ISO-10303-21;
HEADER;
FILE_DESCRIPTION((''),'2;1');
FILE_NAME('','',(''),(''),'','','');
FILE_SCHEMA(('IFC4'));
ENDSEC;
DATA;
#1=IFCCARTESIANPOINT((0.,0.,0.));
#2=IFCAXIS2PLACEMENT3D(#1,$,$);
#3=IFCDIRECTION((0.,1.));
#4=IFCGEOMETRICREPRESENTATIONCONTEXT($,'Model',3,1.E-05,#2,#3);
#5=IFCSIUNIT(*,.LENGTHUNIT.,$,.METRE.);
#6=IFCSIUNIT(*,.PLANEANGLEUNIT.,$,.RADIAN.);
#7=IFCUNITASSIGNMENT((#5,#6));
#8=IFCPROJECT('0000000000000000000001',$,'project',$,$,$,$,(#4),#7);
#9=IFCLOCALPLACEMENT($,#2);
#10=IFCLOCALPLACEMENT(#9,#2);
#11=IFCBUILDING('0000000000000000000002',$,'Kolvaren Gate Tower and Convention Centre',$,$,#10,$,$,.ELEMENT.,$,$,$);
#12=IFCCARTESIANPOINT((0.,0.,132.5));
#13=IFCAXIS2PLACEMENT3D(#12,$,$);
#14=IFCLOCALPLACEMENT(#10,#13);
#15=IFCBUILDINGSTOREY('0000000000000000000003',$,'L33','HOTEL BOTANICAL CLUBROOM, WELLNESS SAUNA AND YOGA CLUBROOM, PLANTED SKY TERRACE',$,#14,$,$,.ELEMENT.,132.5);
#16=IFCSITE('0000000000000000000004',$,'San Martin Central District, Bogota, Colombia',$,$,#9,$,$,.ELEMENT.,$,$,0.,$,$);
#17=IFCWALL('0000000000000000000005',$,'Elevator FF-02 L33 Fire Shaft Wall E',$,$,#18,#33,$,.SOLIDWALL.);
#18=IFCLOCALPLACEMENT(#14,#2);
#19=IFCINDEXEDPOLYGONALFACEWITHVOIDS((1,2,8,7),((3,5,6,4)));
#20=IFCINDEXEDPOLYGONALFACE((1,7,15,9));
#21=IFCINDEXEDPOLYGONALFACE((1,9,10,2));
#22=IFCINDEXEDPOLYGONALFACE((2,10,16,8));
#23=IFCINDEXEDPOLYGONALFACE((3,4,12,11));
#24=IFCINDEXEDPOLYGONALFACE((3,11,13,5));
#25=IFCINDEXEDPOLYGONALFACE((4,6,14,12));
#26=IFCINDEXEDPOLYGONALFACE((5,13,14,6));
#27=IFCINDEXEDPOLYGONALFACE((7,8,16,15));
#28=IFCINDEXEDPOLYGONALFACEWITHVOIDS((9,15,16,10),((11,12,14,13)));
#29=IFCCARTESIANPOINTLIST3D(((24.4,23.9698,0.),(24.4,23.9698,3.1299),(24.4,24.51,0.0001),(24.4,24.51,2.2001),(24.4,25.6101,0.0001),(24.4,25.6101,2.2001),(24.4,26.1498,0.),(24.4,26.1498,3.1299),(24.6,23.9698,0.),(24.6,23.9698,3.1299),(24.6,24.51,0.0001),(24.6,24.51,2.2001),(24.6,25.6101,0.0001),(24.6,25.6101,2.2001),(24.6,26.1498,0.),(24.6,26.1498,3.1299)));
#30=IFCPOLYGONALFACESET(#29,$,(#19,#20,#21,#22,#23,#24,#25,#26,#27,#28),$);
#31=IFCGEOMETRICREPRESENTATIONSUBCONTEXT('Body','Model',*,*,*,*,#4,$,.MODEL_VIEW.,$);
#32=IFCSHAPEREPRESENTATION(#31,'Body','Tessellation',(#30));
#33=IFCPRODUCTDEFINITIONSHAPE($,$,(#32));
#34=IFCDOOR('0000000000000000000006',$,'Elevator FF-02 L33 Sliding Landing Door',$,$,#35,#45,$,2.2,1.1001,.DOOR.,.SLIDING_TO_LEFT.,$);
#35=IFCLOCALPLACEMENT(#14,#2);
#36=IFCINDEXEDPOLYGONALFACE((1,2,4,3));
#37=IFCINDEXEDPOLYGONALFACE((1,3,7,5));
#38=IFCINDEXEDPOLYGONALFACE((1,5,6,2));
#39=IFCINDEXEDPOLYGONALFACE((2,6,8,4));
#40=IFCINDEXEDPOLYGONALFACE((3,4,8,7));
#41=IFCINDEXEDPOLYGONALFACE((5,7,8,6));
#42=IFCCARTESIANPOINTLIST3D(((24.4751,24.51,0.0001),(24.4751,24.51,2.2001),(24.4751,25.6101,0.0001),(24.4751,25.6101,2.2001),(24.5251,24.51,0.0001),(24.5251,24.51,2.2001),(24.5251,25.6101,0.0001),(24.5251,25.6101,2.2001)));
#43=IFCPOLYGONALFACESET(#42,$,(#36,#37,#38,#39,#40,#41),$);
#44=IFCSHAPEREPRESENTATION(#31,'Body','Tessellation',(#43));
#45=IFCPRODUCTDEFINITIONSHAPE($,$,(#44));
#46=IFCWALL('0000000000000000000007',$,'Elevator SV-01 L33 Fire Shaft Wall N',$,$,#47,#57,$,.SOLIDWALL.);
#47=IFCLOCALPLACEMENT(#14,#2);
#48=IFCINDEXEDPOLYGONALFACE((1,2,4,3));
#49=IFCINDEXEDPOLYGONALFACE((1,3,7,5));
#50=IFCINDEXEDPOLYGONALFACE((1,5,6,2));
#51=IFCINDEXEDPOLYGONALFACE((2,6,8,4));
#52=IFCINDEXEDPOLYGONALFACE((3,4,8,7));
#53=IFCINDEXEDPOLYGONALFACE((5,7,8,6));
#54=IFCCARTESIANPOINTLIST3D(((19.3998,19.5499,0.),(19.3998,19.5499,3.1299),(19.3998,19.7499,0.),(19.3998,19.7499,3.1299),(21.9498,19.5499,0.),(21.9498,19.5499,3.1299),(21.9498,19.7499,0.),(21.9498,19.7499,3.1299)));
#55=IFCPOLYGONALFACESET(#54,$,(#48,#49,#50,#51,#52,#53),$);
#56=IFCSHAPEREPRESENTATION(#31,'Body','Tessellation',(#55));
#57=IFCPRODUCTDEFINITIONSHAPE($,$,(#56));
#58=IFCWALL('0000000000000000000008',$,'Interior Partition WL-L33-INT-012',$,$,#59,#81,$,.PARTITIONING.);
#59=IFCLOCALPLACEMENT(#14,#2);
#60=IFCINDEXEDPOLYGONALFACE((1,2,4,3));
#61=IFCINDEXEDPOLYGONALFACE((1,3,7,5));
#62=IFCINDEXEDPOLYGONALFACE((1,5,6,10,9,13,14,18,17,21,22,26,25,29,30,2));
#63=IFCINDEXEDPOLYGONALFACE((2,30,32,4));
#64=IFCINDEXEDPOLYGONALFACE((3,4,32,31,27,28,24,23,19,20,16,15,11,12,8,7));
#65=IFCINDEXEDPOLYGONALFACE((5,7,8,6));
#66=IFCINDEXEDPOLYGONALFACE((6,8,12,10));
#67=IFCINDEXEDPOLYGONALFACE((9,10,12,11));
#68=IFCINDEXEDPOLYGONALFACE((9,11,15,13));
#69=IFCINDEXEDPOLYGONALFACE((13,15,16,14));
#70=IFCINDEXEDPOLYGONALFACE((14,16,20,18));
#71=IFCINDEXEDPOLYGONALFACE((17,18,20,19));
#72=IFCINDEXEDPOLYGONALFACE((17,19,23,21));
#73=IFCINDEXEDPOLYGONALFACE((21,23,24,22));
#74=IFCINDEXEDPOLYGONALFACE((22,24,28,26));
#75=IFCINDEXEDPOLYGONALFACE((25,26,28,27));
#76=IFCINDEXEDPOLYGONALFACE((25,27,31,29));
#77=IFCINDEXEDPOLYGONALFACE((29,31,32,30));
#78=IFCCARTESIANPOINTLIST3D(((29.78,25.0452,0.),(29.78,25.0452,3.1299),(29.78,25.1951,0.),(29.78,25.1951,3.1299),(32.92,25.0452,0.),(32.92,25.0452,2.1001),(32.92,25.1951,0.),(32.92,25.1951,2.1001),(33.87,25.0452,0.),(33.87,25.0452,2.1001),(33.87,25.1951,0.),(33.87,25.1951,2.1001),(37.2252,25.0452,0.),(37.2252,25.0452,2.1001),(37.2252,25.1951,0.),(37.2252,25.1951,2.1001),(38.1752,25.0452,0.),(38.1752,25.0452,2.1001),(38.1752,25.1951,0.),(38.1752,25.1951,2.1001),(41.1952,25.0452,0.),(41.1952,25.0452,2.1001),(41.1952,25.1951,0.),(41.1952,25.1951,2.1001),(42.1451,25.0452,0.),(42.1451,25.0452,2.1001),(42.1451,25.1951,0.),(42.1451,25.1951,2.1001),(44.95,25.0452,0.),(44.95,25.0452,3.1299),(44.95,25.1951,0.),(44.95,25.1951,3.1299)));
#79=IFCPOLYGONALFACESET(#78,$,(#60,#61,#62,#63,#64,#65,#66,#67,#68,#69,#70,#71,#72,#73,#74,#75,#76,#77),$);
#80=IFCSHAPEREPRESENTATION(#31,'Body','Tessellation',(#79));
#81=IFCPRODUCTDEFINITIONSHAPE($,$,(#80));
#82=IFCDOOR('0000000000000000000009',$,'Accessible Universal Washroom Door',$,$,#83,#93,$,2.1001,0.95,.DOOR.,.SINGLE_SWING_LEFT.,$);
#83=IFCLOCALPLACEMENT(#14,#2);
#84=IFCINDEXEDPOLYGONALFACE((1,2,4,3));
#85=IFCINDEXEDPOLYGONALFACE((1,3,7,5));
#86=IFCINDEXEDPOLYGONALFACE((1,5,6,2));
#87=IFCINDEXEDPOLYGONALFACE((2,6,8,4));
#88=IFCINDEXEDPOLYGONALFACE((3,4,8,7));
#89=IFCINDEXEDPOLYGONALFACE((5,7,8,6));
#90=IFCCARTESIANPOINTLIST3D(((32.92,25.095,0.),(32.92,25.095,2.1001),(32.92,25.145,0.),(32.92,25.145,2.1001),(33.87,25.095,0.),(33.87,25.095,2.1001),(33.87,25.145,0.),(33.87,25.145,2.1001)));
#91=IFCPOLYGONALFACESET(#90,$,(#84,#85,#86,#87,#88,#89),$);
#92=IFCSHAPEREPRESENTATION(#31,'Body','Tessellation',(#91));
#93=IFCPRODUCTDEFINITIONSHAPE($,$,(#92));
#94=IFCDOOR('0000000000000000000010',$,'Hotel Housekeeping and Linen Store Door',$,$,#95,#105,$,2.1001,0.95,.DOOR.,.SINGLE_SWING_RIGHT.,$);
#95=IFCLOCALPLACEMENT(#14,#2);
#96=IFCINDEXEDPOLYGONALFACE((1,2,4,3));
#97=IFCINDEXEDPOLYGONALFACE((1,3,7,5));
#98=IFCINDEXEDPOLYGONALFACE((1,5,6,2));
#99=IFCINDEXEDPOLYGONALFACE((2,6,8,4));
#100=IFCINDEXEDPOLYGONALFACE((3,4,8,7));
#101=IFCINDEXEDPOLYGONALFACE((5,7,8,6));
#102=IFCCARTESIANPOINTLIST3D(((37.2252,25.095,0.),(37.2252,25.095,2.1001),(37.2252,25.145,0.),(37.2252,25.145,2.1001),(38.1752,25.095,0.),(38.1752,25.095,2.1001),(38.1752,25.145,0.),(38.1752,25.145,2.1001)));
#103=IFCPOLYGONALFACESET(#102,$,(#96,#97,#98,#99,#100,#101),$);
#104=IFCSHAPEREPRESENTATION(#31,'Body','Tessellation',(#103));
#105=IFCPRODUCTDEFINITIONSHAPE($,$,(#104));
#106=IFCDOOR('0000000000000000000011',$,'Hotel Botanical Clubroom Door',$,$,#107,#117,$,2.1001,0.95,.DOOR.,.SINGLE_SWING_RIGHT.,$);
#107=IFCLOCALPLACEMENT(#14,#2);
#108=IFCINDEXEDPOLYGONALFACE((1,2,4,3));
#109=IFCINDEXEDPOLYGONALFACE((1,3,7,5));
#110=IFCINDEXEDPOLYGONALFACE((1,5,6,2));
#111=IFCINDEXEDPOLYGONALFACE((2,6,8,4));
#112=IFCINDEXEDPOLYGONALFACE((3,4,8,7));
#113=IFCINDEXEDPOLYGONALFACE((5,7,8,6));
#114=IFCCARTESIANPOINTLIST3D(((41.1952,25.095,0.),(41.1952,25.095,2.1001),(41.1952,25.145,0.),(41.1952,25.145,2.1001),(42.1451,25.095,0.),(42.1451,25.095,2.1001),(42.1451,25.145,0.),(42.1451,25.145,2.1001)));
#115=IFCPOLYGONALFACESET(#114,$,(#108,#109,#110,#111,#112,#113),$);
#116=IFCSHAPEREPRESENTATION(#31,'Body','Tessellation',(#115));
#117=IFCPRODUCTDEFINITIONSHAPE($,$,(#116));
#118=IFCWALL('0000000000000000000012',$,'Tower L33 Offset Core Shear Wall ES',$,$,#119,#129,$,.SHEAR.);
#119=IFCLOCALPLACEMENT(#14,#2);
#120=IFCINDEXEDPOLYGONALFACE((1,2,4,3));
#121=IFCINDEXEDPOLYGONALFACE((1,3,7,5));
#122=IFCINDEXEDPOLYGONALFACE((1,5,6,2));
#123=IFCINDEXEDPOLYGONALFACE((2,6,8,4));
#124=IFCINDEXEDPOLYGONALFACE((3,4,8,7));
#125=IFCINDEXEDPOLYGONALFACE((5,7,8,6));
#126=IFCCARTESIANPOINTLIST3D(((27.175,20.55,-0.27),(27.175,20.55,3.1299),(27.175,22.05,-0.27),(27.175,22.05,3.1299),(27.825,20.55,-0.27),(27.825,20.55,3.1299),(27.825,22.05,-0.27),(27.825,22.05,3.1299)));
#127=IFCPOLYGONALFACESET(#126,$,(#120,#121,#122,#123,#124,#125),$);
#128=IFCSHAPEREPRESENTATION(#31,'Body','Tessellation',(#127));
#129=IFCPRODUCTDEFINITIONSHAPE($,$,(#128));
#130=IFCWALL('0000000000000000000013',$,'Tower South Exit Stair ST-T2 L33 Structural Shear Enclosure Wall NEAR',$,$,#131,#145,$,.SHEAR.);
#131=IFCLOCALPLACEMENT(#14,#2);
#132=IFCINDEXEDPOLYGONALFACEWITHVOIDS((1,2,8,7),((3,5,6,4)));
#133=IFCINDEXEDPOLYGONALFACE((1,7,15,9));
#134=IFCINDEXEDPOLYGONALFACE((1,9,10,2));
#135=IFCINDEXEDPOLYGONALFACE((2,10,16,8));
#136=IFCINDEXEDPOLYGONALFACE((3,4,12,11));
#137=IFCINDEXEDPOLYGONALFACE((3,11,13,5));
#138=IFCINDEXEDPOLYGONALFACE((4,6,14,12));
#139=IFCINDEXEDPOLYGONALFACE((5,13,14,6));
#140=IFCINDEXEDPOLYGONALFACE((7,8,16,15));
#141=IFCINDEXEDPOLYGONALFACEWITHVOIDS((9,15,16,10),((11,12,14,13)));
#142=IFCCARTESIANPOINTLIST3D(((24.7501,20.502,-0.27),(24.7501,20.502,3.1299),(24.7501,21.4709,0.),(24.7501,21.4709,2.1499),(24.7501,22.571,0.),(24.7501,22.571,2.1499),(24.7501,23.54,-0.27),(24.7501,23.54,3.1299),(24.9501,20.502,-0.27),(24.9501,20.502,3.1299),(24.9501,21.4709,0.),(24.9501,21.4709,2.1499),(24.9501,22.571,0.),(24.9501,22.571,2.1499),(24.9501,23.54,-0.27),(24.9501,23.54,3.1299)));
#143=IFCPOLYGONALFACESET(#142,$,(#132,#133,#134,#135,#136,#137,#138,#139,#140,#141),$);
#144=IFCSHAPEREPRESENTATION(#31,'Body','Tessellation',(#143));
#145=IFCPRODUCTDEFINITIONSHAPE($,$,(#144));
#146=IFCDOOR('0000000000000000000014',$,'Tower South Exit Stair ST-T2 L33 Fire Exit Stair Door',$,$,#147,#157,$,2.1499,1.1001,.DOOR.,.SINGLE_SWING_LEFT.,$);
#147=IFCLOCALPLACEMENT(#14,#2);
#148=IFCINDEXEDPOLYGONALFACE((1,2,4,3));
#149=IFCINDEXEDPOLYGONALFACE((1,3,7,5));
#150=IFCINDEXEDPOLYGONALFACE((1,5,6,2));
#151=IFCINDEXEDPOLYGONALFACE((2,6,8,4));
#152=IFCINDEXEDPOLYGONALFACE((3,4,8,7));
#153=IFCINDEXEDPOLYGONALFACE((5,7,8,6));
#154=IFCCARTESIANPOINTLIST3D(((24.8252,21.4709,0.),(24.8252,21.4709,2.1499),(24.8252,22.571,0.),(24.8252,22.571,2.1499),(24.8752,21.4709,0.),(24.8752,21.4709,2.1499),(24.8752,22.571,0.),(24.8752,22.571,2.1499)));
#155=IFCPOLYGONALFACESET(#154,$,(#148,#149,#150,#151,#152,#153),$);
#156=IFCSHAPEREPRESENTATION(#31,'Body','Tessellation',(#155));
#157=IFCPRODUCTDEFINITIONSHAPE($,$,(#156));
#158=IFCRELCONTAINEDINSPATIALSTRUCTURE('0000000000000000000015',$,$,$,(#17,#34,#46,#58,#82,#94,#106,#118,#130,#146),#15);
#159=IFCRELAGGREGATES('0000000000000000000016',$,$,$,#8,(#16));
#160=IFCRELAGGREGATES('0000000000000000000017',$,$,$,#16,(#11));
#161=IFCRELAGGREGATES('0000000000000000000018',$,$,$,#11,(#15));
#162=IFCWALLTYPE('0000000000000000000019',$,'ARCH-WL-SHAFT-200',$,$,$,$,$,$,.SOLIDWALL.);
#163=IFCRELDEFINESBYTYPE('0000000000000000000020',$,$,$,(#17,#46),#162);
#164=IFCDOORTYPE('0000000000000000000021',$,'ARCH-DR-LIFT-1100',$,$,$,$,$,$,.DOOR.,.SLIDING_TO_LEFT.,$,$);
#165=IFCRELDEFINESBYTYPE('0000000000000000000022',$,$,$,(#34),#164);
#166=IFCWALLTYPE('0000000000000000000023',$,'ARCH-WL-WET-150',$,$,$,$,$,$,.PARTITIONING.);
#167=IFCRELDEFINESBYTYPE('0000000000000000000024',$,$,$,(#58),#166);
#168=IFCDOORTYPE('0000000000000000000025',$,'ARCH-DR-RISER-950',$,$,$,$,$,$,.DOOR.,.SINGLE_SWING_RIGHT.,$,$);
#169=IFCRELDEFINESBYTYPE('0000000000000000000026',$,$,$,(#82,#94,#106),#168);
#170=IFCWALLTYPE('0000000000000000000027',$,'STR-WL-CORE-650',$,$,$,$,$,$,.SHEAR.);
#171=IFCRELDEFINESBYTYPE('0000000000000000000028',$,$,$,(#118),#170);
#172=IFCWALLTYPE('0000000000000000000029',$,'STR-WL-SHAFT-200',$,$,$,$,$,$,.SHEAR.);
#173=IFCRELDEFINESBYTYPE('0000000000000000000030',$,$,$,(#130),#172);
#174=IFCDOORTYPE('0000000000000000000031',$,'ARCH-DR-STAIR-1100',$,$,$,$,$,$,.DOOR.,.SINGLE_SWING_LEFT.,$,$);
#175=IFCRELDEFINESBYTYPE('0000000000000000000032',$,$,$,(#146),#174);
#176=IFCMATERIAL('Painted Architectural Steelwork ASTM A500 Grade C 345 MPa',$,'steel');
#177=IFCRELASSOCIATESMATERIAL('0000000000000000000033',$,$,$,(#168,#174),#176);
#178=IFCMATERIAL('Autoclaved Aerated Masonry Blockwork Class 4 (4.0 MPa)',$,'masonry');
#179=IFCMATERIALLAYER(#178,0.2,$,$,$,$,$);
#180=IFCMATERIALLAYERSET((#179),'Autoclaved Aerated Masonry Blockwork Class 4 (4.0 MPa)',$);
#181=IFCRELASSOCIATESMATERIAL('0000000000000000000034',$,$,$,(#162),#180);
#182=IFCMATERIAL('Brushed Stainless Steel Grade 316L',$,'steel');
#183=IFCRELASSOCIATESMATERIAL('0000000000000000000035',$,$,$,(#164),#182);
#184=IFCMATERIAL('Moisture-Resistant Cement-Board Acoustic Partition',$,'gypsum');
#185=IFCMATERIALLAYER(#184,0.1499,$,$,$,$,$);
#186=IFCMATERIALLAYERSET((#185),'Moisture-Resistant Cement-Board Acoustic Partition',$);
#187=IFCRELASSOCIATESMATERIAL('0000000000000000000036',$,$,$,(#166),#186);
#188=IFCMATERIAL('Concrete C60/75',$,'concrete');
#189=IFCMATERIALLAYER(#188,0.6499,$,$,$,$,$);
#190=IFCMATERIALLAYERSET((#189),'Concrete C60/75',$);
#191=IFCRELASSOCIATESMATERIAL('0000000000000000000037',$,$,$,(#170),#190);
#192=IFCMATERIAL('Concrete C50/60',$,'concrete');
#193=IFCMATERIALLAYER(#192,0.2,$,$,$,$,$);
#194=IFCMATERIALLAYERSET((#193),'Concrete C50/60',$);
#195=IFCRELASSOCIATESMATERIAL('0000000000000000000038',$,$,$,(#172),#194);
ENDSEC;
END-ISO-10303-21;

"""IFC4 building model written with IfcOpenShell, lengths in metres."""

from ifc_helpers import new_model, si_unit, direction, frame, frame_2d, origin, place, context, subcontext, project, spatial, rectangle, extrude, material, layer, layer_set, type_object, element, fill, save


model = new_model("IFC4")

# Units and contexts
model_context = context("Model", 3, precision=1e-05, world=origin(), true_north=direction((0.0, 1.0)))
body_context = subcontext(model_context, "Body", "Model", "MODEL_VIEW")
ifc_project = project(units=[si_unit("LENGTHUNIT", "METRE"), si_unit("PLANEANGLEUNIT", "RADIAN")], contexts=[model_context])

# Site, building, storey
site_placement = place(None, origin())
site = spatial("IfcSite", under=ifc_project, at=site_placement, Name="San Martin Central District, Bogota, Colombia", CompositionType="ELEMENT", RefElevation=0.0)
building_placement = place(site_placement, origin())
building = spatial("IfcBuilding", under=site, at=building_placement, Name="Kolvaren Gate Tower and Convention Centre", CompositionType="ELEMENT")
storey_placement = place(building_placement, frame((0.0, 0.0, 132.5)))
storey = spatial("IfcBuildingStorey", under=building, at=storey_placement, Name="L33", Description="HOTEL BOTANICAL CLUBROOM, WELLNESS SAUNA AND YOGA CLUBROOM, PLANTED SKY TERRACE", CompositionType="ELEMENT", Elevation=132.5)

# Shared definitions
ifc_material_1 = material(Name="Autoclaved Aerated Masonry Blockwork Class 4 (4.0 MPa)", Category="masonry")

# Shared definitions
ifc_material_2 = material(Name="Painted Architectural Steelwork ASTM A500 Grade C 345 MPa", Category="steel")
door_type_1 = type_object("IfcDoorType", Name="ARCH-DR-RISER-950", OperationType="SINGLE_SWING_RIGHT", PredefinedType="DOOR", material=ifc_material_2)

# Shared definitions
ifc_layer_1 = layer(ifc_material_1, 0.2)
ifc_layer_set_1 = layer_set([ifc_layer_1], Name="Autoclaved Aerated Masonry Blockwork Class 4 (4.0 MPa)")
wall_type_1 = type_object("IfcWallType", Name="ARCH-WL-SHAFT-200", PredefinedType="SOLIDWALL", material=ifc_layer_set_1)

# Wall, opening, door
wall_1_placement = place(storey_placement, frame((24.5, 23.97, 0.0), z_axis=(0.0, 0.0, 1.0), x_axis=(0.0, 1.0, 0.0)))
wall_1 = element("IfcWall", 1, at=wall_1_placement, inside=storey, type_object=wall_type_1, Name="Elevator FF-02 L33 Fire Shaft Wall E", PredefinedType="SOLIDWALL", context=body_context, shape_type="SweptSolid", body=[
    extrude(rectangle(XDim=2.1799, YDim=0.2, at=frame_2d((1.0898, 0.0))), origin(), (0.0, 0.0, 1.0), 3.1299),
])
opening_1_placement = place(wall_1_placement, frame((0.54, 0.0, 0.0)))
opening_1 = element("IfcOpeningElement", 2, at=opening_1_placement, cuts=wall_1, PredefinedType="OPENING", context=body_context, shape_type="SweptSolid", body=[
    extrude(rectangle(XDim=1.1001, YDim=2.2, at=frame_2d((0.55, 1.1001))), frame((0.0, 0.1099, 0.0), z_axis=(0.0, -1.0, 0.0), x_axis=(1.0, 0.0, 0.0)), (0.0, 0.0, 1.0), 0.22),
])
ifc_material_3 = material(Name="Brushed Stainless Steel Grade 316L", Category="steel")
door_type_2 = type_object("IfcDoorType", Name="ARCH-DR-LIFT-1100", OperationType="SLIDING_TO_LEFT", PredefinedType="DOOR", material=ifc_material_3)
door_1_placement = place(opening_1_placement, origin())
door_1 = element("IfcDoor", 3, at=door_1_placement, inside=storey, type_object=door_type_2, Name="Elevator FF-02 L33 Sliding Landing Door", OperationType="SLIDING_TO_LEFT", OverallHeight=2.2, OverallWidth=1.1001, PredefinedType="DOOR", context=body_context, shape_type="SweptSolid", body=[
    extrude(rectangle(XDim=1.1001, YDim=2.2, at=frame_2d((0.55, 1.1001))), frame((0.0, 0.0249, 0.0), z_axis=(0.0, -1.0, 0.0), x_axis=(1.0, 0.0, 0.0)), (0.0, 0.0, 1.0), 0.05),
])
fill(opening_1, door_1)

# Wall
wall_2_placement = place(storey_placement, frame((19.3999, 19.6499, 0.0), z_axis=(0.0, 0.0, 1.0), x_axis=(1.0, 0.0, 0.0)))
element("IfcWall", 4, at=wall_2_placement, inside=storey, type_object=wall_type_1, Name="Elevator SV-01 L33 Fire Shaft Wall N", PredefinedType="SOLIDWALL", context=body_context, shape_type="SweptSolid", body=[
    extrude(rectangle(XDim=2.55, YDim=0.2, at=frame_2d((1.2749, 0.0))), origin(), (0.0, 0.0, 1.0), 3.1299),
])

# Wall, openings, doors
ifc_material_4 = material(Name="Moisture-Resistant Cement-Board Acoustic Partition", Category="gypsum")
ifc_layer_2 = layer(ifc_material_4, 0.1499)
ifc_layer_set_2 = layer_set([ifc_layer_2], Name="Moisture-Resistant Cement-Board Acoustic Partition")
wall_type_2 = type_object("IfcWallType", Name="ARCH-WL-WET-150", PredefinedType="PARTITIONING", material=ifc_layer_set_2)
wall_3_placement = place(storey_placement, frame((29.78, 25.1201, 0.0), z_axis=(0.0, 0.0, 1.0), x_axis=(1.0, 0.0, 0.0)))
wall_3 = element("IfcWall", 5, at=wall_3_placement, inside=storey, type_object=wall_type_2, Name="Interior Partition WL-L33-INT-012", PredefinedType="PARTITIONING", context=body_context, shape_type="SweptSolid", body=[
    extrude(rectangle(XDim=15.1699, YDim=0.1499, at=frame_2d((7.585, 0.0))), origin(), (0.0, 0.0, 1.0), 3.1299),
])
opening_2_placement = place(wall_3_placement, frame((3.1399, 0.0, 0.0)))
opening_2 = element("IfcOpeningElement", 6, at=opening_2_placement, cuts=wall_3, PredefinedType="OPENING", context=body_context, shape_type="SweptSolid", body=[
    extrude(rectangle(XDim=0.95, YDim=2.1001, at=frame_2d((0.4751, 1.05))), frame((0.0, 0.085, 0.0), z_axis=(0.0, -1.0, 0.0), x_axis=(1.0, 0.0, 0.0)), (0.0, 0.0, 1.0), 0.1699),
])
opening_3_placement = place(wall_3_placement, frame((7.4451, 0.0, 0.0)))
opening_3 = element("IfcOpeningElement", 7, at=opening_3_placement, cuts=wall_3, PredefinedType="OPENING", context=body_context, shape_type="SweptSolid", body=[
    extrude(rectangle(XDim=0.95, YDim=2.1001, at=frame_2d((0.4751, 1.05))), frame((0.0, 0.085, 0.0), z_axis=(0.0, -1.0, 0.0), x_axis=(1.0, 0.0, 0.0)), (0.0, 0.0, 1.0), 0.1699),
])
opening_4_placement = place(wall_3_placement, frame((11.415, 0.0, 0.0)))
opening_4 = element("IfcOpeningElement", 8, at=opening_4_placement, cuts=wall_3, PredefinedType="OPENING", context=body_context, shape_type="SweptSolid", body=[
    extrude(rectangle(XDim=0.95, YDim=2.1001, at=frame_2d((0.4751, 1.05))), frame((0.0, 0.085, 0.0), z_axis=(0.0, -1.0, 0.0), x_axis=(1.0, 0.0, 0.0)), (0.0, 0.0, 1.0), 0.1699),
])
door_2_placement = place(opening_2_placement, origin())
door_2 = element("IfcDoor", 9, at=door_2_placement, inside=storey, type_object=door_type_1, Name="Accessible Universal Washroom Door", OperationType="SINGLE_SWING_LEFT", OverallHeight=2.1001, OverallWidth=0.95, PredefinedType="DOOR", context=body_context, shape_type="SweptSolid", body=[
    extrude(rectangle(XDim=0.95, YDim=2.1001, at=frame_2d((0.4751, 1.05))), frame((0.0, 0.0249, 0.0), z_axis=(0.0, -1.0, 0.0), x_axis=(1.0, 0.0, 0.0)), (0.0, 0.0, 1.0), 0.05),
])
fill(opening_2, door_2)
door_3_placement = place(opening_3_placement, origin())
door_3 = element("IfcDoor", 10, at=door_3_placement, inside=storey, type_object=door_type_1, Name="Hotel Housekeeping and Linen Store Door", OperationType="SINGLE_SWING_RIGHT", OverallHeight=2.1001, OverallWidth=0.95, PredefinedType="DOOR", context=body_context, shape_type="SweptSolid", body=[
    extrude(rectangle(XDim=0.95, YDim=2.1001, at=frame_2d((0.4751, 1.05))), frame((0.0, 0.0249, 0.0), z_axis=(0.0, -1.0, 0.0), x_axis=(1.0, 0.0, 0.0)), (0.0, 0.0, 1.0), 0.05),
])
fill(opening_3, door_3)
door_4_placement = place(opening_4_placement, origin())
door_4 = element("IfcDoor", 11, at=door_4_placement, inside=storey, type_object=door_type_1, Name="Hotel Botanical Clubroom Door", OperationType="SINGLE_SWING_RIGHT", OverallHeight=2.1001, OverallWidth=0.95, PredefinedType="DOOR", context=body_context, shape_type="SweptSolid", body=[
    extrude(rectangle(XDim=0.95, YDim=2.1001, at=frame_2d((0.4751, 1.05))), frame((0.0, 0.0249, 0.0), z_axis=(0.0, -1.0, 0.0), x_axis=(1.0, 0.0, 0.0)), (0.0, 0.0, 1.0), 0.05),
])
fill(opening_4, door_4)

# Wall
ifc_material_5 = material(Name="Concrete C60/75", Category="concrete")
ifc_layer_3 = layer(ifc_material_5, 0.6499)
ifc_layer_set_3 = layer_set([ifc_layer_3], Name="Concrete C60/75")
wall_type_3 = type_object("IfcWallType", Name="STR-WL-CORE-650", PredefinedType="SHEAR", material=ifc_layer_set_3)
wall_4_placement = place(storey_placement, frame((27.5, 20.55, -0.27), z_axis=(0.0, 0.0, 1.0), x_axis=(0.0, 1.0, 0.0)))
element("IfcWall", 12, at=wall_4_placement, inside=storey, type_object=wall_type_3, Name="Tower L33 Offset Core Shear Wall ES", PredefinedType="SHEAR", context=body_context, shape_type="SweptSolid", body=[
    extrude(rectangle(XDim=1.5, YDim=0.6499, at=frame_2d((0.75, 0.0))), origin(), (0.0, 0.0, 1.0), 3.3999),
])

# Wall, opening, door
ifc_material_6 = material(Name="Concrete C50/60", Category="concrete")
ifc_layer_4 = layer(ifc_material_6, 0.2)
ifc_layer_set_4 = layer_set([ifc_layer_4], Name="Concrete C50/60")
wall_type_4 = type_object("IfcWallType", Name="STR-WL-SHAFT-200", PredefinedType="SHEAR", material=ifc_layer_set_4)
wall_5_placement = place(storey_placement, frame((24.8501, 20.502, -0.27), z_axis=(0.0, 0.0, 1.0), x_axis=(0.0, 1.0, 0.0)))
wall_5 = element("IfcWall", 13, at=wall_5_placement, inside=storey, type_object=wall_type_4, Name="Tower South Exit Stair ST-T2 L33 Structural Shear Enclosure Wall NEAR", PredefinedType="SHEAR", context=body_context, shape_type="SweptSolid", body=[
    extrude(rectangle(XDim=3.0381, YDim=0.2, at=frame_2d((1.519, 0.0))), origin(), (0.0, 0.0, 1.0), 3.3999),
])
opening_5_placement = place(wall_5_placement, frame((0.969, 0.0, 0.27)))
opening_5 = element("IfcOpeningElement", 14, at=opening_5_placement, cuts=wall_5, PredefinedType="OPENING", context=body_context, shape_type="SweptSolid", body=[
    extrude(rectangle(XDim=1.1001, YDim=2.1499, at=frame_2d((0.55, 1.075))), frame((0.0, 0.1099, 0.0), z_axis=(0.0, -1.0, 0.0), x_axis=(1.0, 0.0, 0.0)), (0.0, 0.0, 1.0), 0.22),
])
door_type_3 = type_object("IfcDoorType", Name="ARCH-DR-STAIR-1100", OperationType="SINGLE_SWING_LEFT", PredefinedType="DOOR", material=ifc_material_2)
door_5_placement = place(opening_5_placement, origin())
door_5 = element("IfcDoor", 15, at=door_5_placement, inside=storey, type_object=door_type_3, Name="Tower South Exit Stair ST-T2 L33 Fire Exit Stair Door", OperationType="SINGLE_SWING_LEFT", OverallHeight=2.1499, OverallWidth=1.1001, PredefinedType="DOOR", context=body_context, shape_type="SweptSolid", body=[
    extrude(rectangle(XDim=1.1001, YDim=2.1499, at=frame_2d((0.55, 1.075))), frame((0.0, 0.0249, 0.0), z_axis=(0.0, -1.0, 0.0), x_axis=(1.0, 0.0, 0.0)), (0.0, 0.0, 1.0), 0.05),
])
fill(opening_5, door_5)

save(model, "model.ifc")
